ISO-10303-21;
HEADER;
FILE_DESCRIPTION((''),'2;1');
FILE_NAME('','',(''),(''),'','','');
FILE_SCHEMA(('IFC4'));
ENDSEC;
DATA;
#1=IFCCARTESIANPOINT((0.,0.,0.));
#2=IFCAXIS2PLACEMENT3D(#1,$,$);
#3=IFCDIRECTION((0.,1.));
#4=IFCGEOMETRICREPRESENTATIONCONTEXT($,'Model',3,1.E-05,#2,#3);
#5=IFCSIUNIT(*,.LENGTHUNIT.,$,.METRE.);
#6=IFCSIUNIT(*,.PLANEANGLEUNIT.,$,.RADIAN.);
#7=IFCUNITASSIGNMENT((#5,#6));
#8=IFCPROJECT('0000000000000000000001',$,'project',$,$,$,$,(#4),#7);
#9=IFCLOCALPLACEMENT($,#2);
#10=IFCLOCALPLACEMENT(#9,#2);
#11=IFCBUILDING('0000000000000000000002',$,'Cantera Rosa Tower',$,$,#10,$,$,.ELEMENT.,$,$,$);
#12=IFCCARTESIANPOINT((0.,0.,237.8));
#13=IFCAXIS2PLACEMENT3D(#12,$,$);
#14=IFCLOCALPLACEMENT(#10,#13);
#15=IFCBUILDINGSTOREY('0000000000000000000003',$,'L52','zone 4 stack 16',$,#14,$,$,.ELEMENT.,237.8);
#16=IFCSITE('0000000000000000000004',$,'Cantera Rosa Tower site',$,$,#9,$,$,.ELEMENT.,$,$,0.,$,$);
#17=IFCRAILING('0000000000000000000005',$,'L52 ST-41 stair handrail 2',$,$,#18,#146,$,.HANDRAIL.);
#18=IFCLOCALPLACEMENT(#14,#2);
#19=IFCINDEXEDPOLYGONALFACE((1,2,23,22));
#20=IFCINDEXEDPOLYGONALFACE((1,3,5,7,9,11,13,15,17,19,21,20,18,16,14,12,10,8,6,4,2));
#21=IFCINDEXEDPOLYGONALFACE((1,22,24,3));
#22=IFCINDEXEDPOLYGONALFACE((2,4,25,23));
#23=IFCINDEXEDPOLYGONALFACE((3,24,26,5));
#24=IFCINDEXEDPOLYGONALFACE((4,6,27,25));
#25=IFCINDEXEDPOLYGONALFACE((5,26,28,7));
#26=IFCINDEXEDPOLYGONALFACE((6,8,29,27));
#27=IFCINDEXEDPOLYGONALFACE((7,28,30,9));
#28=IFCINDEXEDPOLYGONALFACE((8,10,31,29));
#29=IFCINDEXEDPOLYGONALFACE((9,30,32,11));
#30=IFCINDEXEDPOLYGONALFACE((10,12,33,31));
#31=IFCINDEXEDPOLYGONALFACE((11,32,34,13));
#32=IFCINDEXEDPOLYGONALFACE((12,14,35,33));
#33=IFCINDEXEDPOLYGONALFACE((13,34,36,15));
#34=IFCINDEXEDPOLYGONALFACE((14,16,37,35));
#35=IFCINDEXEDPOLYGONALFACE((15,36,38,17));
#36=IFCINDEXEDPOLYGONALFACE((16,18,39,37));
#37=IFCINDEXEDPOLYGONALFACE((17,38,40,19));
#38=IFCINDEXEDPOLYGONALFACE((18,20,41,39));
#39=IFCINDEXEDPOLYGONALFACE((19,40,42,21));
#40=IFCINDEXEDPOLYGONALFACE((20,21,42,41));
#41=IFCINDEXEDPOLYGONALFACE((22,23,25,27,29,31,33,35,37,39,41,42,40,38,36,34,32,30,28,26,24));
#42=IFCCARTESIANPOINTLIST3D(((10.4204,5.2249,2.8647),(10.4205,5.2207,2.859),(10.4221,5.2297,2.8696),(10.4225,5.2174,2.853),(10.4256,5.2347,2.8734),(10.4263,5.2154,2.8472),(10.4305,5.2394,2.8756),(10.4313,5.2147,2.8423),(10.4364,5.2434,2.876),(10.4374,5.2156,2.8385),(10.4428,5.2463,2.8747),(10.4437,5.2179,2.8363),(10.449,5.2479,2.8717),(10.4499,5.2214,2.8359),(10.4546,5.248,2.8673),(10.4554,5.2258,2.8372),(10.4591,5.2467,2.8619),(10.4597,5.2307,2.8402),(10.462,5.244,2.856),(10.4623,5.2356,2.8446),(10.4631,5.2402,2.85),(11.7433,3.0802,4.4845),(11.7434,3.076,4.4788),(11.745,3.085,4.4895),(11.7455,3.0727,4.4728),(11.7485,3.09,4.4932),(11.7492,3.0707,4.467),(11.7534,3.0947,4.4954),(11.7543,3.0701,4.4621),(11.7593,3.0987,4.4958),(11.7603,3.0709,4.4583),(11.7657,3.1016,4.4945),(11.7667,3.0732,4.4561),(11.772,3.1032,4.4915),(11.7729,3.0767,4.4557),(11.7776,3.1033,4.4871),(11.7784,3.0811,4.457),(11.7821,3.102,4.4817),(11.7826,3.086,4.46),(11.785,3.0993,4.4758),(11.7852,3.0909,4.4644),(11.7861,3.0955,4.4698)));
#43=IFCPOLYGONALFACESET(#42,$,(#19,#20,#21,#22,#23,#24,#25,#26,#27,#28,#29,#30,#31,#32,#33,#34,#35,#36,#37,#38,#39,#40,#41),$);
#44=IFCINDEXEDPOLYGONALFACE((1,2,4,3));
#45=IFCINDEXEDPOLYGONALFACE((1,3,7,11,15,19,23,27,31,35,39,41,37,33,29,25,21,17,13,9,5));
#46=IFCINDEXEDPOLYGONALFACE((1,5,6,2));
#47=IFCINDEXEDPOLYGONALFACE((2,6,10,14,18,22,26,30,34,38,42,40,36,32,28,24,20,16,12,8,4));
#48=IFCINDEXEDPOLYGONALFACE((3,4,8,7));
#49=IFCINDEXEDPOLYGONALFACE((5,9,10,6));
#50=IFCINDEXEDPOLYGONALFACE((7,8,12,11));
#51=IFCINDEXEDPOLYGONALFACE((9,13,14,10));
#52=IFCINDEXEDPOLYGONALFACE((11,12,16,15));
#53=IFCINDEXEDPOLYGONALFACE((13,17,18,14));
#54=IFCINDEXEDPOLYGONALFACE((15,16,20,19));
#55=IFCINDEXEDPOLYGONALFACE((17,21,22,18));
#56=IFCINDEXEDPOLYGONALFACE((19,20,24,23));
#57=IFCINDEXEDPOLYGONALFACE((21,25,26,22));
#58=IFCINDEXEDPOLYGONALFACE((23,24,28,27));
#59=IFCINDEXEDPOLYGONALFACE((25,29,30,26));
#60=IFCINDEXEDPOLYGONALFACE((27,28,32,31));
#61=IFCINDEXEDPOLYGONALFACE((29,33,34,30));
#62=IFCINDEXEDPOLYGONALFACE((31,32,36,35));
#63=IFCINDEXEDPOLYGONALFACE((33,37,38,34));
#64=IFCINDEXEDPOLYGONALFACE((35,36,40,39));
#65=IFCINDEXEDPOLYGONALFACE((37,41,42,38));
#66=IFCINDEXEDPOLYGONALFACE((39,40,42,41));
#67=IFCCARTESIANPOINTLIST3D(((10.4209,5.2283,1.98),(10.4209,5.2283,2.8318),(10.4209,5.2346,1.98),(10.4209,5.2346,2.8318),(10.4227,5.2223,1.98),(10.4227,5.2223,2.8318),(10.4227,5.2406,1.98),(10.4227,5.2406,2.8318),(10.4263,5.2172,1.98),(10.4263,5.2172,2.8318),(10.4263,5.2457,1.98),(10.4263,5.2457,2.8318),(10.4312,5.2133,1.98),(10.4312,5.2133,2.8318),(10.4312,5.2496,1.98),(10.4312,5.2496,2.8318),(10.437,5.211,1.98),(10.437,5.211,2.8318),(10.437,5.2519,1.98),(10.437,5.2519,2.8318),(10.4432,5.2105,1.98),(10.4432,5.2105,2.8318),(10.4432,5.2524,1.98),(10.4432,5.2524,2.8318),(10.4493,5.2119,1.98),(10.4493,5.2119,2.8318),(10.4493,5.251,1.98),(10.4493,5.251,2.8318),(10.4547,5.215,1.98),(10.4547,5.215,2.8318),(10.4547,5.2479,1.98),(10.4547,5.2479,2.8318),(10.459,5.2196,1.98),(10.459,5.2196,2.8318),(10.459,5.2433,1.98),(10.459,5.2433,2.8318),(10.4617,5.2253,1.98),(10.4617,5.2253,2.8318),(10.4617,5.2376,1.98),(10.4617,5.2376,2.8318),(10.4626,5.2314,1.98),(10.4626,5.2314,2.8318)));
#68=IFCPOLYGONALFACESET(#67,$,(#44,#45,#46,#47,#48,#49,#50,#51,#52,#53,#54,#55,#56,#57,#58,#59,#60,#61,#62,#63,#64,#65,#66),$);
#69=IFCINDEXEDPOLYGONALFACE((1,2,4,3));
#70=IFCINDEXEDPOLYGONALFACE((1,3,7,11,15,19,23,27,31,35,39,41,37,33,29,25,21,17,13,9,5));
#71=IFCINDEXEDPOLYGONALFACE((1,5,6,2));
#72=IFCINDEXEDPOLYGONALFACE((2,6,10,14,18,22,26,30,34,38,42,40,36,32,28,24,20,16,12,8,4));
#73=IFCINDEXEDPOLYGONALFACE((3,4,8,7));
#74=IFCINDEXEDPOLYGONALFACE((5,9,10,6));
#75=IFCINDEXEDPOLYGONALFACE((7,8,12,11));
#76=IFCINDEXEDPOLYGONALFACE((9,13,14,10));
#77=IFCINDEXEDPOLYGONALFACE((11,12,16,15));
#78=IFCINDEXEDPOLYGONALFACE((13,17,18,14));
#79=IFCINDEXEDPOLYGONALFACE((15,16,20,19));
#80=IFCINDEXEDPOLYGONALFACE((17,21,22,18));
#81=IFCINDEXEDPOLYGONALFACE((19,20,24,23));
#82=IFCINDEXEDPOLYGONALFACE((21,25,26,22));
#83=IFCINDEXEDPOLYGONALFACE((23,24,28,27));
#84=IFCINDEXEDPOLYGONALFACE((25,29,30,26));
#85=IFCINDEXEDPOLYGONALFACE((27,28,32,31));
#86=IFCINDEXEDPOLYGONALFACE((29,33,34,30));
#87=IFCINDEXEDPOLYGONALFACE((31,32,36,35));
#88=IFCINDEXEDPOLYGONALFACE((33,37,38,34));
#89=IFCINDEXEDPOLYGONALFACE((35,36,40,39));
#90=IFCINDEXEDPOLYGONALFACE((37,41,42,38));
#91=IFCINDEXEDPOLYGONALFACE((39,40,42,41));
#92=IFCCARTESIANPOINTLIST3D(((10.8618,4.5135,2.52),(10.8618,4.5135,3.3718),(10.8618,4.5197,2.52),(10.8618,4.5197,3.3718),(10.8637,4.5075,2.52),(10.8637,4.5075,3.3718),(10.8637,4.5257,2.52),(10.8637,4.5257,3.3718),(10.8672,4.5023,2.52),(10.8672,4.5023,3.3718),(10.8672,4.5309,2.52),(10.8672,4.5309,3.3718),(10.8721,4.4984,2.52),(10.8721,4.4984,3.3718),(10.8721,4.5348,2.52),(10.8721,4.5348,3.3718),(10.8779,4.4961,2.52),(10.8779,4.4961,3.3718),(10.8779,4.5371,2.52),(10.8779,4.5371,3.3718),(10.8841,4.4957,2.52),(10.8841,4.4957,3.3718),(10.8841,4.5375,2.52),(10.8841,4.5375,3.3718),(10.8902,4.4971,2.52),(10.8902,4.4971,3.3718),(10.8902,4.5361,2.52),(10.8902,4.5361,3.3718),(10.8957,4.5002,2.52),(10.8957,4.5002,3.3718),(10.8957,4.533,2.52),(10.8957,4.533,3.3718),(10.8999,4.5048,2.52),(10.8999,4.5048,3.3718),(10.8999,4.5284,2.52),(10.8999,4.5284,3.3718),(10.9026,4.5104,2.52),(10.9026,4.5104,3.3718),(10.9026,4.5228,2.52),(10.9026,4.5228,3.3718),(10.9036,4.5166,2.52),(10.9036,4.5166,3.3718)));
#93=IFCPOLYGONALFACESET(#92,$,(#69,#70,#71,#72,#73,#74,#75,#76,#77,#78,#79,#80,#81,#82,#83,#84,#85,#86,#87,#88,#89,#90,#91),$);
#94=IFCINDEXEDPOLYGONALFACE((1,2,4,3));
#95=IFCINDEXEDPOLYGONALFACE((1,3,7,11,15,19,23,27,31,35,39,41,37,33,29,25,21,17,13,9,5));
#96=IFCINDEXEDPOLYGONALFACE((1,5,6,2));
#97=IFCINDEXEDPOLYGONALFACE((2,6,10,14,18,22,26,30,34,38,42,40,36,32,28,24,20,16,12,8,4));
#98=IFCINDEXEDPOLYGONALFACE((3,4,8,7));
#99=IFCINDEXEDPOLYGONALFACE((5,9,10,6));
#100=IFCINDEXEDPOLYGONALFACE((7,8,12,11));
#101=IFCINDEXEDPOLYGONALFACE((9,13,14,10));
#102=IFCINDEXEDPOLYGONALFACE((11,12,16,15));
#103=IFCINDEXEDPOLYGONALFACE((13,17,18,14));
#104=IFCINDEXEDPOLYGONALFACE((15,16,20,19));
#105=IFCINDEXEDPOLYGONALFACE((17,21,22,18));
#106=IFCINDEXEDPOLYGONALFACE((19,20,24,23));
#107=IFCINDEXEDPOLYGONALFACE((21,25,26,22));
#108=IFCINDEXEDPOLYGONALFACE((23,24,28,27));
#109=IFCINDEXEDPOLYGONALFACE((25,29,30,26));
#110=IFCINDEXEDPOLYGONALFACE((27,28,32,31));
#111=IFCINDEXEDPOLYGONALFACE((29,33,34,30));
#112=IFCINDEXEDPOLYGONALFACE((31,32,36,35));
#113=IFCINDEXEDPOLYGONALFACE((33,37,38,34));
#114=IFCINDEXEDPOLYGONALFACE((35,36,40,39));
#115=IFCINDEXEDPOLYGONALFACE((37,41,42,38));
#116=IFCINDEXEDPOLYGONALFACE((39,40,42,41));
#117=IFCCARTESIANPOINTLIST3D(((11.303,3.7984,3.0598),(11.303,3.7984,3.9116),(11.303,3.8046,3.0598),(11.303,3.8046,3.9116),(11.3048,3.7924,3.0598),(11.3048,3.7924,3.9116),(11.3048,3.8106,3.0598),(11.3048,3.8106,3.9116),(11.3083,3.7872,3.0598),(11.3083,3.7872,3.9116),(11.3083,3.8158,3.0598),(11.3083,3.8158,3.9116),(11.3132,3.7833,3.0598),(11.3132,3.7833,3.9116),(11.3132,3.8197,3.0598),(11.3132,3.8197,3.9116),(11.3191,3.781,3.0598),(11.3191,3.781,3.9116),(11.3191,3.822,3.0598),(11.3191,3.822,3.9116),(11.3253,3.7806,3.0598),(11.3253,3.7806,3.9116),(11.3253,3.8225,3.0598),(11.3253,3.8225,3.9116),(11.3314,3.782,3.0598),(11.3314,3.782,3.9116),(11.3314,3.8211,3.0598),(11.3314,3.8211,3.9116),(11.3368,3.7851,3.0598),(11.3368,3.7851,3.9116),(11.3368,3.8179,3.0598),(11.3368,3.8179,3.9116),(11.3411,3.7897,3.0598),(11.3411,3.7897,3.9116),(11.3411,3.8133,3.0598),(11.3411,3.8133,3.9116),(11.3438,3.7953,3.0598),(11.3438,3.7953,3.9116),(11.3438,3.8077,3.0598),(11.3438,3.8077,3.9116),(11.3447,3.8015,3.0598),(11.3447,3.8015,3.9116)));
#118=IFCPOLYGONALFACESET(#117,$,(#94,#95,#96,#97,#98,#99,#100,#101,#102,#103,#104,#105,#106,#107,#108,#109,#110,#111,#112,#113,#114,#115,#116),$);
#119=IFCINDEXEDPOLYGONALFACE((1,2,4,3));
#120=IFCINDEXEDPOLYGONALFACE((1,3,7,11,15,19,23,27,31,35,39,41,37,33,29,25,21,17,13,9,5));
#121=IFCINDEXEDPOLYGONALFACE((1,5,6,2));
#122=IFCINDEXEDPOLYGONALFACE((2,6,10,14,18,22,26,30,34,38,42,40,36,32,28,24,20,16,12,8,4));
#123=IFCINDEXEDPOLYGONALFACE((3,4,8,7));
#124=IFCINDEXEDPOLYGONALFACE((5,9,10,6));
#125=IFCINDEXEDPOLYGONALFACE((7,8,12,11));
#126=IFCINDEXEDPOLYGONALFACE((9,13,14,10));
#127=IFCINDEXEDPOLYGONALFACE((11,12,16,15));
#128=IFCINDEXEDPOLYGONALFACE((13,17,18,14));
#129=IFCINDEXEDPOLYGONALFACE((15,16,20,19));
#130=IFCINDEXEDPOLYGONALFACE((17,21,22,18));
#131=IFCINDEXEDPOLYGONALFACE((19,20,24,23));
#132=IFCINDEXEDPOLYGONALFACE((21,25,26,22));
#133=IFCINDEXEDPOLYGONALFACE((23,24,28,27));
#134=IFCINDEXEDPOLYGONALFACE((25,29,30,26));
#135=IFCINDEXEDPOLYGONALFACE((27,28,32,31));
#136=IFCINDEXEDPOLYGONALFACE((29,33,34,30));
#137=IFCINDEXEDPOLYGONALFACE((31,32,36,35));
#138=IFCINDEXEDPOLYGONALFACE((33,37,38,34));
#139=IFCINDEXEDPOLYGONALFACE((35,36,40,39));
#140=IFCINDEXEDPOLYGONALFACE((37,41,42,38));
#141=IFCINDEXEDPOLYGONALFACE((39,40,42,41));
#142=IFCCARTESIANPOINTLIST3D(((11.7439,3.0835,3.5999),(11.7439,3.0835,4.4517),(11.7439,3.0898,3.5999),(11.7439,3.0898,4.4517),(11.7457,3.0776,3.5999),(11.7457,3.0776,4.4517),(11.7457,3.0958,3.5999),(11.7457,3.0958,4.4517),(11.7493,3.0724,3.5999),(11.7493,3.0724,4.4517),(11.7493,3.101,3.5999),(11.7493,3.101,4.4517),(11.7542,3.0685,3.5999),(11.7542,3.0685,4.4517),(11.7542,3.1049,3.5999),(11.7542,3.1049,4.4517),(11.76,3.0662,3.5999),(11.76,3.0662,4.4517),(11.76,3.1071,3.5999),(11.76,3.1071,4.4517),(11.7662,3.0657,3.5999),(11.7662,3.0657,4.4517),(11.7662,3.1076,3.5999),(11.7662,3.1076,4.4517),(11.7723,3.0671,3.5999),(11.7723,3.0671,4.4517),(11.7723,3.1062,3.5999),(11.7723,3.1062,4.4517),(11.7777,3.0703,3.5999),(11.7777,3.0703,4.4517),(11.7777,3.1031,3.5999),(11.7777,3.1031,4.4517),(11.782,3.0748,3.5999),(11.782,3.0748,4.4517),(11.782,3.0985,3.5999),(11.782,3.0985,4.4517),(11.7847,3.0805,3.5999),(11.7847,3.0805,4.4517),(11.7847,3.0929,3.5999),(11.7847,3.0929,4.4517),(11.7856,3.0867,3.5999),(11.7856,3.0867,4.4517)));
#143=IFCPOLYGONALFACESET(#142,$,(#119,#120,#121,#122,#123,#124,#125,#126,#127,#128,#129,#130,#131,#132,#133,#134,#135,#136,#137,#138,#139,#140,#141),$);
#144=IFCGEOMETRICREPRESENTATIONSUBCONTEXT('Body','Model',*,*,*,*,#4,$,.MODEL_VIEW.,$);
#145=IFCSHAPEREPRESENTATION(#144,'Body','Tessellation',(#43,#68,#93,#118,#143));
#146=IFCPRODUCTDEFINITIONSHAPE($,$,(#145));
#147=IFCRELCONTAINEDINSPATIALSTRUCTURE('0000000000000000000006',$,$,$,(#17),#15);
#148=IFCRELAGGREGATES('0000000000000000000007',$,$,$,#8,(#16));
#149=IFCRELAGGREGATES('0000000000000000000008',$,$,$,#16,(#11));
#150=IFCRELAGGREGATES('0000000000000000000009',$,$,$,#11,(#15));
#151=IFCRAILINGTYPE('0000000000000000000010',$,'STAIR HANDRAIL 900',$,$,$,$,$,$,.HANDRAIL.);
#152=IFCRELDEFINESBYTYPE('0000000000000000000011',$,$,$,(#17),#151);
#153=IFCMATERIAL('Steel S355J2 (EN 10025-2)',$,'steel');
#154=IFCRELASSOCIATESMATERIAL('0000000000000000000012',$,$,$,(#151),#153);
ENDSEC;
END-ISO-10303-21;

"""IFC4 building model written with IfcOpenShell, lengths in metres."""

from ifc_helpers import new_model, si_unit, direction, frame, origin, origin_2d, place, context, subcontext, project, spatial, circle, extrude, material, type_object, element, save


model = new_model("IFC4")

# Units and contexts
model_context = context("Model", 3, precision=1e-05, world=origin(), true_north=direction((0.0, 1.0)))
body_context = subcontext(model_context, "Body", "Model", "MODEL_VIEW")
ifc_project = project(units=[si_unit("LENGTHUNIT", "METRE"), si_unit("PLANEANGLEUNIT", "RADIAN")], contexts=[model_context])

# Site, building, storey
site_placement = place(None, origin())
site = spatial("IfcSite", under=ifc_project, at=site_placement, Name="Cantera Rosa Tower site", CompositionType="ELEMENT", RefElevation=0.0)
building_placement = place(site_placement, origin())
building = spatial("IfcBuilding", under=site, at=building_placement, Name="Cantera Rosa Tower", CompositionType="ELEMENT")
storey_placement = place(building_placement, frame((0.0, 0.0, 237.8)))
storey = spatial("IfcBuildingStorey", under=building, at=storey_placement, Name="L52", Description="zone 4 stack 16", CompositionType="ELEMENT", Elevation=237.8)

# Railing
ifc_material_1 = material(Name="Steel S355J2 (EN 10025-2)", Category="steel")
railing_type_1 = type_object("IfcRailingType", Name="STAIR HANDRAIL 900", PredefinedType="HANDRAIL", material=ifc_material_1)
railing_1_placement = place(storey_placement, frame((10.4417, 5.2314, 1.98)))
element("IfcRailing", 1, at=railing_1_placement, inside=storey, type_object=railing_type_1, Name="L52 ST-41 stair handrail 2", PredefinedType="HANDRAIL", context=body_context, shape_type="SweptSolid", body=[
    extrude(circle(Radius=0.0239, at=origin_2d()), frame((0.0, 0.0, 0.876), z_axis=(0.441629, -0.715945, 0.540728), x_axis=(0.851102, 0.525, 0.0)), (0.0, 0.0, 1.0), 2.9956),
    extrude(circle(Radius=0.021, at=origin_2d()), origin(), (0.0, 0.0, 1.0), 0.8518),
    extrude(circle(Radius=0.021, at=origin_2d()), frame((0.4409, -0.7148, 0.54)), (0.0, 0.0, 1.0), 0.8518),
    extrude(circle(Radius=0.021, at=origin_2d()), frame((0.8821, -1.4299, 1.0798)), (0.0, 0.0, 1.0), 0.8518),
    extrude(circle(Radius=0.021, at=origin_2d()), frame((1.323, -2.1448, 1.6199)), (0.0, 0.0, 1.0), 0.8518),
])

save(model, "model.ifc")
